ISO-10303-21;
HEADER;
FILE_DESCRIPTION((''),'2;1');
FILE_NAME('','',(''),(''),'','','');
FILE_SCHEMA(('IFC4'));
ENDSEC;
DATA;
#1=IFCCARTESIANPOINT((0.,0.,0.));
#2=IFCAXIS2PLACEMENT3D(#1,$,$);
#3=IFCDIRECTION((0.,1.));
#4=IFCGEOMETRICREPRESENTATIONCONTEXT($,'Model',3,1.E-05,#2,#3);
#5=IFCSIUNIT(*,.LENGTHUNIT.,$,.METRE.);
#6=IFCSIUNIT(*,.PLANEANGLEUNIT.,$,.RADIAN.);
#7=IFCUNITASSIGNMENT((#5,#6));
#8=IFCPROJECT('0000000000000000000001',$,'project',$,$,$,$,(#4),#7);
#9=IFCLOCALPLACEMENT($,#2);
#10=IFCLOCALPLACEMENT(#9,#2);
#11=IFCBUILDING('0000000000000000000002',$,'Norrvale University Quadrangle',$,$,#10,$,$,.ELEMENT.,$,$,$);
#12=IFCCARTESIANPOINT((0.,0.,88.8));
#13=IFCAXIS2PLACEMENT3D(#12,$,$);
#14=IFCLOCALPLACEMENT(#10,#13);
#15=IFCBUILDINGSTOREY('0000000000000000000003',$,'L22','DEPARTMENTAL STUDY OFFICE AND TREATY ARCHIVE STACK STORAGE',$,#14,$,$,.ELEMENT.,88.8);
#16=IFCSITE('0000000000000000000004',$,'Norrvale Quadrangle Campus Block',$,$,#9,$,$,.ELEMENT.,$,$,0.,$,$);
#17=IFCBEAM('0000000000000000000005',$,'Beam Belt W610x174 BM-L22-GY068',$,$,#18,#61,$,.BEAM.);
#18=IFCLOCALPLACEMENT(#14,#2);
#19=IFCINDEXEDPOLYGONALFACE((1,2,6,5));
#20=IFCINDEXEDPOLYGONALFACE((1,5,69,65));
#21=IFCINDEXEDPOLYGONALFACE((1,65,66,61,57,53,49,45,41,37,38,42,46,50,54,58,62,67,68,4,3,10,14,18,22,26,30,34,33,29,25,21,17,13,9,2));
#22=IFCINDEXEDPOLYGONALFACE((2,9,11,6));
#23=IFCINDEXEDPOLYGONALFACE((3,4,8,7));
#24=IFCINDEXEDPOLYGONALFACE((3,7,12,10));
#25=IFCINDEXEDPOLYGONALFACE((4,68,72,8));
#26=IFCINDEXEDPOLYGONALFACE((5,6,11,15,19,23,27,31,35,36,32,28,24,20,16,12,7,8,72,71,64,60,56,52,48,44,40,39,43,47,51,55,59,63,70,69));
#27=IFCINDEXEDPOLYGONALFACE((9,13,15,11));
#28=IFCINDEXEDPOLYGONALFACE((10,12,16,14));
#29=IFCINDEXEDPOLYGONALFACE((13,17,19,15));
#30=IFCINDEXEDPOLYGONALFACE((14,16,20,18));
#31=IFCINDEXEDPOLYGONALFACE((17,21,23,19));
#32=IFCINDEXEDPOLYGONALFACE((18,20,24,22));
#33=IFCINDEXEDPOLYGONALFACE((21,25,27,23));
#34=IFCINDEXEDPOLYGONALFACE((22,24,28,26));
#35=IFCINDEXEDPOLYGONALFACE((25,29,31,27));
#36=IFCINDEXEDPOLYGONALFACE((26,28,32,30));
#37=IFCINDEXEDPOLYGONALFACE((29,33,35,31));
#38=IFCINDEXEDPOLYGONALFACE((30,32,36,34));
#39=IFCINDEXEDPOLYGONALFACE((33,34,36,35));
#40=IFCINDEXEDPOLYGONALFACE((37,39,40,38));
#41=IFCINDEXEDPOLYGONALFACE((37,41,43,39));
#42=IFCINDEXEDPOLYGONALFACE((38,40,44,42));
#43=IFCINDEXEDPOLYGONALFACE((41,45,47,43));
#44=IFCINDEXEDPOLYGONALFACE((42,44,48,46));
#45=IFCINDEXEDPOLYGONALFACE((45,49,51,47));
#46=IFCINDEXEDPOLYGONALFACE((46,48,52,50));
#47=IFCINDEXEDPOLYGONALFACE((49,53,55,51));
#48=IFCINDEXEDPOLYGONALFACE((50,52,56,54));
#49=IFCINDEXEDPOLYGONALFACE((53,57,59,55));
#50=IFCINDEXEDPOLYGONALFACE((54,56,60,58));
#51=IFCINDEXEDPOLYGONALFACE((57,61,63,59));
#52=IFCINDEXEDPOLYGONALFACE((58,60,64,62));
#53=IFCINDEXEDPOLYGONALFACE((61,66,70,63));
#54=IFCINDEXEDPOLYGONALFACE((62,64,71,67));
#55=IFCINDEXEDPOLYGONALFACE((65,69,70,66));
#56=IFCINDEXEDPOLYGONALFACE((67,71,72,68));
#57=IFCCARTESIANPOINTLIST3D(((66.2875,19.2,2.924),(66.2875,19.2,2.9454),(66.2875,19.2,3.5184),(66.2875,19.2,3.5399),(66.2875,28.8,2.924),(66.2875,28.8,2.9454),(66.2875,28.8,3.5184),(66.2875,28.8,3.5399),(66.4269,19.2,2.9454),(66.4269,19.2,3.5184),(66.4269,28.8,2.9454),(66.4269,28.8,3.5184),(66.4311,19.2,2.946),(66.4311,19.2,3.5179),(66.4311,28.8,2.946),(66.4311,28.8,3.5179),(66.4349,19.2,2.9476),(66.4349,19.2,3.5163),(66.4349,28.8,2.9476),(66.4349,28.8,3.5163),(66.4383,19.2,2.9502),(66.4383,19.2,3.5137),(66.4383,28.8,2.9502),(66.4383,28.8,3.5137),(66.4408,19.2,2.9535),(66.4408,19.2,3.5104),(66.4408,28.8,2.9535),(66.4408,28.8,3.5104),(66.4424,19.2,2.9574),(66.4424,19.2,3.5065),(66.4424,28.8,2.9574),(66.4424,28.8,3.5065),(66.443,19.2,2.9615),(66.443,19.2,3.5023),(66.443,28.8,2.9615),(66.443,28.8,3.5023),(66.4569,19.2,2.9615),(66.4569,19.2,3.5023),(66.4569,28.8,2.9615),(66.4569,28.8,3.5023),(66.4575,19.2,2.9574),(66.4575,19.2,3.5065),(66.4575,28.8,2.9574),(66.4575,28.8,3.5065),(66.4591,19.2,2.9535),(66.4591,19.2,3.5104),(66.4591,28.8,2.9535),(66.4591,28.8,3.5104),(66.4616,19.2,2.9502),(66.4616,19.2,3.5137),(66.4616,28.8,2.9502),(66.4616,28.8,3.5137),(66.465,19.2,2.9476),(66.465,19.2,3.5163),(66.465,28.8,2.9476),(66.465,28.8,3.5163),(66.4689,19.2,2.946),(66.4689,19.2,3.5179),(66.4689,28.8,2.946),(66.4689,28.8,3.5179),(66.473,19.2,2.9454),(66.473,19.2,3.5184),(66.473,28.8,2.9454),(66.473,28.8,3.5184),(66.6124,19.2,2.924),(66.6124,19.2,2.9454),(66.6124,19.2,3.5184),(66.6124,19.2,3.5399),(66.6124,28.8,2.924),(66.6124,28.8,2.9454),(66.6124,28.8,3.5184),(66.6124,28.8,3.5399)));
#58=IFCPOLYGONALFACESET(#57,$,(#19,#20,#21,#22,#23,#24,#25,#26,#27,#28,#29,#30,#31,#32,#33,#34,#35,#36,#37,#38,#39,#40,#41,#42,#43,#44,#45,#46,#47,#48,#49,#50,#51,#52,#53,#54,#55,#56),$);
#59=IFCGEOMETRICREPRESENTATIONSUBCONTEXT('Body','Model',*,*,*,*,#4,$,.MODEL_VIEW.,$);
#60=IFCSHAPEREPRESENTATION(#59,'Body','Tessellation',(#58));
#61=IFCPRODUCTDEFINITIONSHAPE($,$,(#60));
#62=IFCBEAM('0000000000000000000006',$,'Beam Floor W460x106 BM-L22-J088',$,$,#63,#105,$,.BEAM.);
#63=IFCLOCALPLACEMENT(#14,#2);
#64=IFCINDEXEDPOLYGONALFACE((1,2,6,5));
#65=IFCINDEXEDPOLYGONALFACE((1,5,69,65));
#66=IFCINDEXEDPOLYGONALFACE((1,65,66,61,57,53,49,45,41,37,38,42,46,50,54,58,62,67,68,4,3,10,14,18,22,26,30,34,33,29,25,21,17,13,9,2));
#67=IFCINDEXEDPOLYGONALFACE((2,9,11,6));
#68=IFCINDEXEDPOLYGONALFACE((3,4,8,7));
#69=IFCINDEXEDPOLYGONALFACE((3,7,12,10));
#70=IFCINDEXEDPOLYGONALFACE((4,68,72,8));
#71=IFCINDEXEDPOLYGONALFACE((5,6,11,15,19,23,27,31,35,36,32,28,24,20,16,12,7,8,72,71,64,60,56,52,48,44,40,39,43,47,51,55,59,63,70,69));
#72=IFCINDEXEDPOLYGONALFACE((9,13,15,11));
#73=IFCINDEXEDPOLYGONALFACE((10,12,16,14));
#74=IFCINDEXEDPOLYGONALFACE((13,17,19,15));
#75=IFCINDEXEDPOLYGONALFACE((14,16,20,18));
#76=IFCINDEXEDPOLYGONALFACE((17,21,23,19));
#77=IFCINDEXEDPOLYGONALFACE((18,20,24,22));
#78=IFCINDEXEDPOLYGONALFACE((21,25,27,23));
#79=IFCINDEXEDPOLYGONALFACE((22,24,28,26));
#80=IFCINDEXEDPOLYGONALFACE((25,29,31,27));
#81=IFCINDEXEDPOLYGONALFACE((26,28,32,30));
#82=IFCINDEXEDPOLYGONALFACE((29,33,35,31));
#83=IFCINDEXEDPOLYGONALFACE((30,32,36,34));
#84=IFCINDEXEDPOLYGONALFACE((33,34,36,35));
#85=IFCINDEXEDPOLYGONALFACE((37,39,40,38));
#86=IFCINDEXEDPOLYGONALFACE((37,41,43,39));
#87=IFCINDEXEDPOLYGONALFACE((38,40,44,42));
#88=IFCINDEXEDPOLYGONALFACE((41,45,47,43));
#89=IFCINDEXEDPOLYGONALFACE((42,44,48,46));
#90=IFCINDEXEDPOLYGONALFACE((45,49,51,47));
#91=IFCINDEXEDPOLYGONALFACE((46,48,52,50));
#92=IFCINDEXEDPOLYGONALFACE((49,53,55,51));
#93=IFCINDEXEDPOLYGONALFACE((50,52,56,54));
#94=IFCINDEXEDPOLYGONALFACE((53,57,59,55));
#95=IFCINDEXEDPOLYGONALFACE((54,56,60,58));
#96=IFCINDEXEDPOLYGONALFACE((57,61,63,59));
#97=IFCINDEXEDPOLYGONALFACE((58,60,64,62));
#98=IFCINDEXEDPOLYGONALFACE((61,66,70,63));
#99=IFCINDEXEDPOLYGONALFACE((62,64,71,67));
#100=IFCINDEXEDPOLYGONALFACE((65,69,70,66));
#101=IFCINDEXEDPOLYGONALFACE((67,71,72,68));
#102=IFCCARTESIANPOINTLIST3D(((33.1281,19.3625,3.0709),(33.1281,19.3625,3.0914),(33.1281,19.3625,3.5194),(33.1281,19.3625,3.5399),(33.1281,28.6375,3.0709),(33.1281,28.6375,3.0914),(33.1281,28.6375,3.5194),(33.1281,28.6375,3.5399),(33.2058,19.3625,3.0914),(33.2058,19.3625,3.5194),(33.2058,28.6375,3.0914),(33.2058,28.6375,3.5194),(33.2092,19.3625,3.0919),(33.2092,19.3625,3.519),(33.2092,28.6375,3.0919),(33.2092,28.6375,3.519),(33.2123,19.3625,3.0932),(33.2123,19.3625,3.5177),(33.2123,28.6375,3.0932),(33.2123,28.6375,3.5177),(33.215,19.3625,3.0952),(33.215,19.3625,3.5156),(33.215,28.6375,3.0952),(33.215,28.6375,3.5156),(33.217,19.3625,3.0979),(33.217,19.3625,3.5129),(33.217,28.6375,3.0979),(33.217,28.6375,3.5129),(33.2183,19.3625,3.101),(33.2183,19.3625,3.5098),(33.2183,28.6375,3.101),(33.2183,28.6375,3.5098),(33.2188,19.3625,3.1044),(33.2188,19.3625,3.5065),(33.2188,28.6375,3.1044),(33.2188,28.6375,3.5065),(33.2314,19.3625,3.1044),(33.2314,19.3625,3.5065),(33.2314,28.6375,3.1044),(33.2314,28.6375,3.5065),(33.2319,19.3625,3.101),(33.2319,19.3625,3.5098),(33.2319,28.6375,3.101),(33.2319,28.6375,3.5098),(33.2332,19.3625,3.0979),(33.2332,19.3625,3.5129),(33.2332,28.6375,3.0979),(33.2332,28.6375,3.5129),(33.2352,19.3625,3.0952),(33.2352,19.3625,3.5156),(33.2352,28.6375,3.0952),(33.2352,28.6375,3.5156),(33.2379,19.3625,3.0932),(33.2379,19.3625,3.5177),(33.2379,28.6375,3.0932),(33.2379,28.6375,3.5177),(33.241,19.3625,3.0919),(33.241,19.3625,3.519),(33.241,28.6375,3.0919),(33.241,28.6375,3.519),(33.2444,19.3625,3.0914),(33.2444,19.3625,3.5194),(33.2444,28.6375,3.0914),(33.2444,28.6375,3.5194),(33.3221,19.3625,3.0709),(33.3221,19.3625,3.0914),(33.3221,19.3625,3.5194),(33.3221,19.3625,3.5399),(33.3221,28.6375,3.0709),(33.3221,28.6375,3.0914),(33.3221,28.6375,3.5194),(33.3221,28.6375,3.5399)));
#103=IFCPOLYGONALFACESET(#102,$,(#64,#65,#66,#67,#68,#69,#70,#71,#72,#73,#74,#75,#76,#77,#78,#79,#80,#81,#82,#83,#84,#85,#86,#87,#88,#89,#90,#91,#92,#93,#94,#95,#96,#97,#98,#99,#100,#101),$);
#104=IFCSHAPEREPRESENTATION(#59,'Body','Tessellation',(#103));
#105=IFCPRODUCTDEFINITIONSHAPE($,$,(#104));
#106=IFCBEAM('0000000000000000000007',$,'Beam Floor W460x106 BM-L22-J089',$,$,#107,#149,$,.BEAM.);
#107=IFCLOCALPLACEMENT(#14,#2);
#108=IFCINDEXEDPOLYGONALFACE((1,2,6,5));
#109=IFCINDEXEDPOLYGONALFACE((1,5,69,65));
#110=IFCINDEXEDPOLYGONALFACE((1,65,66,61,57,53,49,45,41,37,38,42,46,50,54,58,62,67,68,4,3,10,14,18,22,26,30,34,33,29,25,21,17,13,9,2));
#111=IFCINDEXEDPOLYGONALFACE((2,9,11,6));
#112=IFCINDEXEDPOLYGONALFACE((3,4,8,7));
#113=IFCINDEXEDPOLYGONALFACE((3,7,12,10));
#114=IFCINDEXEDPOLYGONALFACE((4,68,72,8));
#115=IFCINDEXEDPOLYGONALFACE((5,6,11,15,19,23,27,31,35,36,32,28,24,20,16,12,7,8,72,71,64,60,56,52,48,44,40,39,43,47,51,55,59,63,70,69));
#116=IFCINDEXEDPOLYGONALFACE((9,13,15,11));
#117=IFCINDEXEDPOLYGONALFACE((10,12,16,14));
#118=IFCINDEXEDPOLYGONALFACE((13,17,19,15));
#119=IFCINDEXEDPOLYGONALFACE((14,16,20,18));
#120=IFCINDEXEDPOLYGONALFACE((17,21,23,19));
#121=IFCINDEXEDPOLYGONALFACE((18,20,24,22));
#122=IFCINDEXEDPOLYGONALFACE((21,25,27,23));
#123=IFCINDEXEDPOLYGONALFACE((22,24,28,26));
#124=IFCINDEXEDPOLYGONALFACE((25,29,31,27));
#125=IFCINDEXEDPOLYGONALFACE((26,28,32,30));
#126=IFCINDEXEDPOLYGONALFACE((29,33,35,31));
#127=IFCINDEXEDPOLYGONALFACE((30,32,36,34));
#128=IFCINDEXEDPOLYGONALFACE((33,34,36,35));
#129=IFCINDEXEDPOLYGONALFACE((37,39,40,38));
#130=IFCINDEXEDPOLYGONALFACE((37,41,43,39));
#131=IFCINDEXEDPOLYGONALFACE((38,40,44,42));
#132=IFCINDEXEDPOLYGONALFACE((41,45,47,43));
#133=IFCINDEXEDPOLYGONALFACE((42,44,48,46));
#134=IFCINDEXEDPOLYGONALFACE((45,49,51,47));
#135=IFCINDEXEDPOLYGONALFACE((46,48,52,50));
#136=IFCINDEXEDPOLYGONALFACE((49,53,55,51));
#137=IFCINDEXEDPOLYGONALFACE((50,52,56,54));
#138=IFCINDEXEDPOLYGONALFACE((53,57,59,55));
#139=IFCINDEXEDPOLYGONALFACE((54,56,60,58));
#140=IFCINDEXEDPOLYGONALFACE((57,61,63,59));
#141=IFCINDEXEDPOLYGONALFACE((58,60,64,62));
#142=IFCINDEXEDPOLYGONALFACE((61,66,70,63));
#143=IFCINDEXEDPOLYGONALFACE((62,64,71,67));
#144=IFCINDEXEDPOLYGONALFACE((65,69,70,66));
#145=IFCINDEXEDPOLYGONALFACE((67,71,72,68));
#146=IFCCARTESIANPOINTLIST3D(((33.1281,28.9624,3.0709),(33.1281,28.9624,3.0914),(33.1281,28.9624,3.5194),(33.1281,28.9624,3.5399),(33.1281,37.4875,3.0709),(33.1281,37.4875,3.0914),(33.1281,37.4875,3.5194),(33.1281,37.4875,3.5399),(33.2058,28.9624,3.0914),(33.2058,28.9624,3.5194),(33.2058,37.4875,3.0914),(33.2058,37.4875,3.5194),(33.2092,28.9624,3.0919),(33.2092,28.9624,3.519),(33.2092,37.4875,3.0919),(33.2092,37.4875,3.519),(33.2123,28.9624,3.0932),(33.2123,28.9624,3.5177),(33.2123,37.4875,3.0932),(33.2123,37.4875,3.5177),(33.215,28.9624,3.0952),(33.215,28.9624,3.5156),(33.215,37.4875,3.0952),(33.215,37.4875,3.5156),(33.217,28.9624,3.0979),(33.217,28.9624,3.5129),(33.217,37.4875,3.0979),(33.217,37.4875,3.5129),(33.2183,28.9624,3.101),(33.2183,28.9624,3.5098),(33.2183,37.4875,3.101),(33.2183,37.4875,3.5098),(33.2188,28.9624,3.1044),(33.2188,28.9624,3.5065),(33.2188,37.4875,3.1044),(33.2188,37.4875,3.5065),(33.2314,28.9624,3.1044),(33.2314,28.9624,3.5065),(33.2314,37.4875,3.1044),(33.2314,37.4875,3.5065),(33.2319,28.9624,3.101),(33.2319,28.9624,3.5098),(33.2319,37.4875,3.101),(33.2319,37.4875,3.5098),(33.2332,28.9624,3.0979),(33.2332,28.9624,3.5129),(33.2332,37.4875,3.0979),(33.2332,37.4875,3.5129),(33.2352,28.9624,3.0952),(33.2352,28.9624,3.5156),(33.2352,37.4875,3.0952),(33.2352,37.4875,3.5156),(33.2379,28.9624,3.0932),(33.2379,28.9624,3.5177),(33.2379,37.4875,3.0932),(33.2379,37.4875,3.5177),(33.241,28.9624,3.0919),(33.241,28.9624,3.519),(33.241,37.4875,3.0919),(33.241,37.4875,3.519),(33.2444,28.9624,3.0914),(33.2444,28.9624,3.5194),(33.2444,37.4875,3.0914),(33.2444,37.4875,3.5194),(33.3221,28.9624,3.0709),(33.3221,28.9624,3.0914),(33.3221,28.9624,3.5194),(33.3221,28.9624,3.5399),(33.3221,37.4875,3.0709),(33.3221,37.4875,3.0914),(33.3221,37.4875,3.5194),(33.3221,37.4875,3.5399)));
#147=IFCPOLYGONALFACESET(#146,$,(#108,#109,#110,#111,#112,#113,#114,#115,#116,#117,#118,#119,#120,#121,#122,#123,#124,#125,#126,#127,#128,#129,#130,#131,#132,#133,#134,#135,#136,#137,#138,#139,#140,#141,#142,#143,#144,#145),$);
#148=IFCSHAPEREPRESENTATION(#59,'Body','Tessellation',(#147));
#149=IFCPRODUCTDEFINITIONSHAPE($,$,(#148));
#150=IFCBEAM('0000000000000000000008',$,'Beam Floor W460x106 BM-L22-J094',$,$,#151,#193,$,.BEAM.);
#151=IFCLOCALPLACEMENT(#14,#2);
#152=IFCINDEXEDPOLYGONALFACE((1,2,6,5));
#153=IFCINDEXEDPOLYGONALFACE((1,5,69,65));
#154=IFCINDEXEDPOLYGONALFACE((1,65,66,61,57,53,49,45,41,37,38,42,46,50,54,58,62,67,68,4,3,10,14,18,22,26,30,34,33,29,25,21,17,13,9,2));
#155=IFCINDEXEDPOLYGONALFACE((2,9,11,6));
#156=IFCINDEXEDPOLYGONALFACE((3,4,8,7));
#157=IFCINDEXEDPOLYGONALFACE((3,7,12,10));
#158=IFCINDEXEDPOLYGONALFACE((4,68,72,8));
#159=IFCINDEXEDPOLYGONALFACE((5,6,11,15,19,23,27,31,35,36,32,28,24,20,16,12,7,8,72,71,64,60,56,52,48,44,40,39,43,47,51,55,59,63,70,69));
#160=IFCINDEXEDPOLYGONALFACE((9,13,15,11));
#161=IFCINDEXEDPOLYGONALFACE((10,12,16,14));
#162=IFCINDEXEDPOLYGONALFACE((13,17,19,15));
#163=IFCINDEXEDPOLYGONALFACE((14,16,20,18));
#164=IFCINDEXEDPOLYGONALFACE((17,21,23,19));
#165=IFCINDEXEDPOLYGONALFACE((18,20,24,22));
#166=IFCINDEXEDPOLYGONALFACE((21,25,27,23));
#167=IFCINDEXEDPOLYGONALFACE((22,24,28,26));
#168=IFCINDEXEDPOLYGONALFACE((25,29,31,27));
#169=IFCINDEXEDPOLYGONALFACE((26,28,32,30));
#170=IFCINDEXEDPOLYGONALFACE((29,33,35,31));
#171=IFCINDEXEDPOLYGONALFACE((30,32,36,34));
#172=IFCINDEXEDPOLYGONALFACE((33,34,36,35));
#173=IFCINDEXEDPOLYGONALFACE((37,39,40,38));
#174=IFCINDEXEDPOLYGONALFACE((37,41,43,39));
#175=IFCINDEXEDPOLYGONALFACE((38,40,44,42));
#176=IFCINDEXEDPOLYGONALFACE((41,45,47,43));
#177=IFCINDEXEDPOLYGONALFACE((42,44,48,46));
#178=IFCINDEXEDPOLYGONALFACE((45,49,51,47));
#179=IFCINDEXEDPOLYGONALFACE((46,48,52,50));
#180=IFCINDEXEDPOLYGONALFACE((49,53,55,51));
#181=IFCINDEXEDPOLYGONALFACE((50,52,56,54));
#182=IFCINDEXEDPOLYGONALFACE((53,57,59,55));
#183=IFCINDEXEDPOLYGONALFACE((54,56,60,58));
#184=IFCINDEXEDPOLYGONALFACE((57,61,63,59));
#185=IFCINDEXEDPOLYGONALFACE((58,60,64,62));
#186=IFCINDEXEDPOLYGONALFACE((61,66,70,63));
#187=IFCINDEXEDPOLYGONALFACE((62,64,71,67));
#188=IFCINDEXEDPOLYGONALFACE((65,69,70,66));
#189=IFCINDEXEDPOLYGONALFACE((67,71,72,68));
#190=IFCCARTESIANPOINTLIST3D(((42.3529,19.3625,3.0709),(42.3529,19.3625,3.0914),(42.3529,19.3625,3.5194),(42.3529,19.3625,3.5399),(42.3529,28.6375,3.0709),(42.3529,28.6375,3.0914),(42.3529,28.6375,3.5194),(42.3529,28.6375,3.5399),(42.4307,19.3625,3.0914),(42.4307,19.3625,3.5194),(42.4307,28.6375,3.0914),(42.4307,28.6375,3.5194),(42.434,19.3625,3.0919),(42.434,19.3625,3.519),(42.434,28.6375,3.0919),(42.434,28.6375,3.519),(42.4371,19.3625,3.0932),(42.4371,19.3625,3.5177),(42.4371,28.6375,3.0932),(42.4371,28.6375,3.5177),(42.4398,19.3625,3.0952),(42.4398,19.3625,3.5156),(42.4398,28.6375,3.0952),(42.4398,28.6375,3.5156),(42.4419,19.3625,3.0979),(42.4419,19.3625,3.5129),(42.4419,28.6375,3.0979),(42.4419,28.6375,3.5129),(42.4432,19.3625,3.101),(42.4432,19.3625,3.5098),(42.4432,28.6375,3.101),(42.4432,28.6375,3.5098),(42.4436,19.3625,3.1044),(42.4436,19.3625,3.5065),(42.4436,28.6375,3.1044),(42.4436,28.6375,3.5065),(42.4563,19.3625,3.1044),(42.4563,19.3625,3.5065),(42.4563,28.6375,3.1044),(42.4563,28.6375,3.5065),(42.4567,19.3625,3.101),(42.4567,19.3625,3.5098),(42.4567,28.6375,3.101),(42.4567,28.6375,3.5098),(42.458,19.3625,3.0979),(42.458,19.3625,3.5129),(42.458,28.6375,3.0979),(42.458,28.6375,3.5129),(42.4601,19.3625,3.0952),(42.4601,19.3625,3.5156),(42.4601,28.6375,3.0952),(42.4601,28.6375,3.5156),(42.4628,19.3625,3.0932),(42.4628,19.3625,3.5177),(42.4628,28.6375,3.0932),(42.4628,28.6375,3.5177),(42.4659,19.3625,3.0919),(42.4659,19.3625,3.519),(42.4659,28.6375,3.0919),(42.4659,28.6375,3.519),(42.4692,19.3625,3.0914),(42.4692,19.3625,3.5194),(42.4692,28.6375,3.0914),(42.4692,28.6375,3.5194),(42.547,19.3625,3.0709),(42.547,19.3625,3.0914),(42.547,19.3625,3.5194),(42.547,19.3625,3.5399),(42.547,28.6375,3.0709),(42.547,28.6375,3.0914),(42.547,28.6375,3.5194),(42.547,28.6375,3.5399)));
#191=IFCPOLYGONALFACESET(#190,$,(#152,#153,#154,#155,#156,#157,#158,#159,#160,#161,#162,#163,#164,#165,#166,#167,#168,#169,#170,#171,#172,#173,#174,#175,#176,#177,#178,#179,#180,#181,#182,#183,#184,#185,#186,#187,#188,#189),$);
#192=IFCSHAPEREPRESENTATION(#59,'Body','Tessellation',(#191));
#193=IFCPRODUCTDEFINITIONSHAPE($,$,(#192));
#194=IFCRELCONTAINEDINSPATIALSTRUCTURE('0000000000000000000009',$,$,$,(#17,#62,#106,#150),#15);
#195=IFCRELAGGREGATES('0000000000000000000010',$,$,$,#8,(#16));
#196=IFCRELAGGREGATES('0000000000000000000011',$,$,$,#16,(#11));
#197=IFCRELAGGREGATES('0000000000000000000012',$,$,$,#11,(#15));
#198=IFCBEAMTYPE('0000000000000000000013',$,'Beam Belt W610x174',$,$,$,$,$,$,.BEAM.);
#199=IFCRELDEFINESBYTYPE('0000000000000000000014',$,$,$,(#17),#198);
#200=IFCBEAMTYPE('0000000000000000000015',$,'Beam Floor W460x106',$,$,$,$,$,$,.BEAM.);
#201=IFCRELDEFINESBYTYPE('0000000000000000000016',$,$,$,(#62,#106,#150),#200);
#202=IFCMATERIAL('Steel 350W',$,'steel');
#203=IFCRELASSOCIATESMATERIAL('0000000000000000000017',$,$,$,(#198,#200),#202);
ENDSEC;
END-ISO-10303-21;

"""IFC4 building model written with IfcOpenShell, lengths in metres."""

from ifc_helpers import new_model, si_unit, direction, frame, origin, origin_2d, place, context, subcontext, project, spatial, i_section, extrude, material, material_profile, profile_set, type_object, element, save


model = new_model("IFC4")

# Units and contexts
model_context = context("Model", 3, precision=1e-05, world=origin(), true_north=direction((0.0, 1.0)))
body_context = subcontext(model_context, "Body", "Model", "MODEL_VIEW")
ifc_project = project(units=[si_unit("LENGTHUNIT", "METRE"), si_unit("PLANEANGLEUNIT", "RADIAN")], contexts=[model_context])

# Site, building, storey
site_placement = place(None, origin())
site = spatial("IfcSite", under=ifc_project, at=site_placement, Name="Norrvale Quadrangle Campus Block", CompositionType="ELEMENT", RefElevation=0.0)
building_placement = place(site_placement, origin())
building = spatial("IfcBuilding", under=site, at=building_placement, Name="Norrvale University Quadrangle", CompositionType="ELEMENT")
storey_placement = place(building_placement, frame((0.0, 0.0, 88.8)))
storey = spatial("IfcBuildingStorey", under=building, at=storey_placement, Name="L22", Description="DEPARTMENTAL STUDY OFFICE AND TREATY ARCHIVE STACK STORAGE", CompositionType="ELEMENT", Elevation=88.8)

# Beams
ifc_material_1 = material(Name="Steel 350W", Category="steel")
ifc_material_profile_1 = material_profile(ifc_material_1, i_section(OverallWidth=0.325, OverallDepth=0.616, WebThickness=0.0139, FlangeThickness=0.0215, FilletRadius=0.0161, at=origin_2d()), Name="Steel 350W")
ifc_profile_set_1 = profile_set([ifc_material_profile_1], Name="Steel 350W")
beam_type_1 = type_object("IfcBeamType", Name="Beam Belt W610x174", PredefinedType="BEAM", material=ifc_profile_set_1)
beam_1_placement = place(storey_placement, frame((66.45, 19.2, 3.2319), z_axis=(0.0, 1.0, 0.0), x_axis=(-1.0, 0.0, 0.0)))
element("IfcBeam", 1, at=beam_1_placement, inside=storey, type_object=beam_type_1, Name="Beam Belt W610x174 BM-L22-GY068", PredefinedType="BEAM", context=body_context, shape_type="SweptSolid", body=[
    extrude(i_section(OverallWidth=0.325, OverallDepth=0.616, WebThickness=0.0139, FlangeThickness=0.0215, FilletRadius=0.0161, at=origin_2d()), origin(), (0.0, 0.0, 1.0), 9.6001),
])
ifc_material_profile_2 = material_profile(ifc_material_1, i_section(OverallWidth=0.1941, OverallDepth=0.469, WebThickness=0.0127, FlangeThickness=0.0205, FilletRadius=0.0129, at=origin_2d()), Name="Steel 350W")
ifc_profile_set_2 = profile_set([ifc_material_profile_2], Name="Steel 350W")
beam_type_2 = type_object("IfcBeamType", Name="Beam Floor W460x106", PredefinedType="BEAM", material=ifc_profile_set_2)
beam_2_placement = place(storey_placement, frame((33.2251, 19.3625, 3.3054), z_axis=(0.0, 1.0, 0.0), x_axis=(-1.0, 0.0, 0.0)))
element("IfcBeam", 2, at=beam_2_placement, inside=storey, type_object=beam_type_2, Name="Beam Floor W460x106 BM-L22-J088", PredefinedType="BEAM", context=body_context, shape_type="SweptSolid", body=[
    extrude(i_section(OverallWidth=0.1941, OverallDepth=0.469, WebThickness=0.0127, FlangeThickness=0.0205, FilletRadius=0.0129, at=origin_2d()), origin(), (0.0, 0.0, 1.0), 9.2749),
])
beam_3_placement = place(storey_placement, frame((33.2251, 28.9624, 3.3054), z_axis=(0.0, 1.0, 0.0), x_axis=(-1.0, 0.0, 0.0)))
element("IfcBeam", 3, at=beam_3_placement, inside=storey, type_object=beam_type_2, Name="Beam Floor W460x106 BM-L22-J089", PredefinedType="BEAM", context=body_context, shape_type="SweptSolid", body=[
    extrude(i_section(OverallWidth=0.1941, OverallDepth=0.469, WebThickness=0.0127, FlangeThickness=0.0205, FilletRadius=0.0129, at=origin_2d()), origin(), (0.0, 0.0, 1.0), 8.5251),
])
beam_4_placement = place(storey_placement, frame((42.45, 19.3625, 3.3054), z_axis=(0.0, 1.0, 0.0), x_axis=(-1.0, 0.0, 0.0)))
element("IfcBeam", 4, at=beam_4_placement, inside=storey, type_object=beam_type_2, Name="Beam Floor W460x106 BM-L22-J094", PredefinedType="BEAM", context=body_context, shape_type="SweptSolid", body=[
    extrude(i_section(OverallWidth=0.1941, OverallDepth=0.469, WebThickness=0.0127, FlangeThickness=0.0205, FilletRadius=0.0129, at=origin_2d()), origin(), (0.0, 0.0, 1.0), 9.2749),
])

save(model, "model.ifc")
